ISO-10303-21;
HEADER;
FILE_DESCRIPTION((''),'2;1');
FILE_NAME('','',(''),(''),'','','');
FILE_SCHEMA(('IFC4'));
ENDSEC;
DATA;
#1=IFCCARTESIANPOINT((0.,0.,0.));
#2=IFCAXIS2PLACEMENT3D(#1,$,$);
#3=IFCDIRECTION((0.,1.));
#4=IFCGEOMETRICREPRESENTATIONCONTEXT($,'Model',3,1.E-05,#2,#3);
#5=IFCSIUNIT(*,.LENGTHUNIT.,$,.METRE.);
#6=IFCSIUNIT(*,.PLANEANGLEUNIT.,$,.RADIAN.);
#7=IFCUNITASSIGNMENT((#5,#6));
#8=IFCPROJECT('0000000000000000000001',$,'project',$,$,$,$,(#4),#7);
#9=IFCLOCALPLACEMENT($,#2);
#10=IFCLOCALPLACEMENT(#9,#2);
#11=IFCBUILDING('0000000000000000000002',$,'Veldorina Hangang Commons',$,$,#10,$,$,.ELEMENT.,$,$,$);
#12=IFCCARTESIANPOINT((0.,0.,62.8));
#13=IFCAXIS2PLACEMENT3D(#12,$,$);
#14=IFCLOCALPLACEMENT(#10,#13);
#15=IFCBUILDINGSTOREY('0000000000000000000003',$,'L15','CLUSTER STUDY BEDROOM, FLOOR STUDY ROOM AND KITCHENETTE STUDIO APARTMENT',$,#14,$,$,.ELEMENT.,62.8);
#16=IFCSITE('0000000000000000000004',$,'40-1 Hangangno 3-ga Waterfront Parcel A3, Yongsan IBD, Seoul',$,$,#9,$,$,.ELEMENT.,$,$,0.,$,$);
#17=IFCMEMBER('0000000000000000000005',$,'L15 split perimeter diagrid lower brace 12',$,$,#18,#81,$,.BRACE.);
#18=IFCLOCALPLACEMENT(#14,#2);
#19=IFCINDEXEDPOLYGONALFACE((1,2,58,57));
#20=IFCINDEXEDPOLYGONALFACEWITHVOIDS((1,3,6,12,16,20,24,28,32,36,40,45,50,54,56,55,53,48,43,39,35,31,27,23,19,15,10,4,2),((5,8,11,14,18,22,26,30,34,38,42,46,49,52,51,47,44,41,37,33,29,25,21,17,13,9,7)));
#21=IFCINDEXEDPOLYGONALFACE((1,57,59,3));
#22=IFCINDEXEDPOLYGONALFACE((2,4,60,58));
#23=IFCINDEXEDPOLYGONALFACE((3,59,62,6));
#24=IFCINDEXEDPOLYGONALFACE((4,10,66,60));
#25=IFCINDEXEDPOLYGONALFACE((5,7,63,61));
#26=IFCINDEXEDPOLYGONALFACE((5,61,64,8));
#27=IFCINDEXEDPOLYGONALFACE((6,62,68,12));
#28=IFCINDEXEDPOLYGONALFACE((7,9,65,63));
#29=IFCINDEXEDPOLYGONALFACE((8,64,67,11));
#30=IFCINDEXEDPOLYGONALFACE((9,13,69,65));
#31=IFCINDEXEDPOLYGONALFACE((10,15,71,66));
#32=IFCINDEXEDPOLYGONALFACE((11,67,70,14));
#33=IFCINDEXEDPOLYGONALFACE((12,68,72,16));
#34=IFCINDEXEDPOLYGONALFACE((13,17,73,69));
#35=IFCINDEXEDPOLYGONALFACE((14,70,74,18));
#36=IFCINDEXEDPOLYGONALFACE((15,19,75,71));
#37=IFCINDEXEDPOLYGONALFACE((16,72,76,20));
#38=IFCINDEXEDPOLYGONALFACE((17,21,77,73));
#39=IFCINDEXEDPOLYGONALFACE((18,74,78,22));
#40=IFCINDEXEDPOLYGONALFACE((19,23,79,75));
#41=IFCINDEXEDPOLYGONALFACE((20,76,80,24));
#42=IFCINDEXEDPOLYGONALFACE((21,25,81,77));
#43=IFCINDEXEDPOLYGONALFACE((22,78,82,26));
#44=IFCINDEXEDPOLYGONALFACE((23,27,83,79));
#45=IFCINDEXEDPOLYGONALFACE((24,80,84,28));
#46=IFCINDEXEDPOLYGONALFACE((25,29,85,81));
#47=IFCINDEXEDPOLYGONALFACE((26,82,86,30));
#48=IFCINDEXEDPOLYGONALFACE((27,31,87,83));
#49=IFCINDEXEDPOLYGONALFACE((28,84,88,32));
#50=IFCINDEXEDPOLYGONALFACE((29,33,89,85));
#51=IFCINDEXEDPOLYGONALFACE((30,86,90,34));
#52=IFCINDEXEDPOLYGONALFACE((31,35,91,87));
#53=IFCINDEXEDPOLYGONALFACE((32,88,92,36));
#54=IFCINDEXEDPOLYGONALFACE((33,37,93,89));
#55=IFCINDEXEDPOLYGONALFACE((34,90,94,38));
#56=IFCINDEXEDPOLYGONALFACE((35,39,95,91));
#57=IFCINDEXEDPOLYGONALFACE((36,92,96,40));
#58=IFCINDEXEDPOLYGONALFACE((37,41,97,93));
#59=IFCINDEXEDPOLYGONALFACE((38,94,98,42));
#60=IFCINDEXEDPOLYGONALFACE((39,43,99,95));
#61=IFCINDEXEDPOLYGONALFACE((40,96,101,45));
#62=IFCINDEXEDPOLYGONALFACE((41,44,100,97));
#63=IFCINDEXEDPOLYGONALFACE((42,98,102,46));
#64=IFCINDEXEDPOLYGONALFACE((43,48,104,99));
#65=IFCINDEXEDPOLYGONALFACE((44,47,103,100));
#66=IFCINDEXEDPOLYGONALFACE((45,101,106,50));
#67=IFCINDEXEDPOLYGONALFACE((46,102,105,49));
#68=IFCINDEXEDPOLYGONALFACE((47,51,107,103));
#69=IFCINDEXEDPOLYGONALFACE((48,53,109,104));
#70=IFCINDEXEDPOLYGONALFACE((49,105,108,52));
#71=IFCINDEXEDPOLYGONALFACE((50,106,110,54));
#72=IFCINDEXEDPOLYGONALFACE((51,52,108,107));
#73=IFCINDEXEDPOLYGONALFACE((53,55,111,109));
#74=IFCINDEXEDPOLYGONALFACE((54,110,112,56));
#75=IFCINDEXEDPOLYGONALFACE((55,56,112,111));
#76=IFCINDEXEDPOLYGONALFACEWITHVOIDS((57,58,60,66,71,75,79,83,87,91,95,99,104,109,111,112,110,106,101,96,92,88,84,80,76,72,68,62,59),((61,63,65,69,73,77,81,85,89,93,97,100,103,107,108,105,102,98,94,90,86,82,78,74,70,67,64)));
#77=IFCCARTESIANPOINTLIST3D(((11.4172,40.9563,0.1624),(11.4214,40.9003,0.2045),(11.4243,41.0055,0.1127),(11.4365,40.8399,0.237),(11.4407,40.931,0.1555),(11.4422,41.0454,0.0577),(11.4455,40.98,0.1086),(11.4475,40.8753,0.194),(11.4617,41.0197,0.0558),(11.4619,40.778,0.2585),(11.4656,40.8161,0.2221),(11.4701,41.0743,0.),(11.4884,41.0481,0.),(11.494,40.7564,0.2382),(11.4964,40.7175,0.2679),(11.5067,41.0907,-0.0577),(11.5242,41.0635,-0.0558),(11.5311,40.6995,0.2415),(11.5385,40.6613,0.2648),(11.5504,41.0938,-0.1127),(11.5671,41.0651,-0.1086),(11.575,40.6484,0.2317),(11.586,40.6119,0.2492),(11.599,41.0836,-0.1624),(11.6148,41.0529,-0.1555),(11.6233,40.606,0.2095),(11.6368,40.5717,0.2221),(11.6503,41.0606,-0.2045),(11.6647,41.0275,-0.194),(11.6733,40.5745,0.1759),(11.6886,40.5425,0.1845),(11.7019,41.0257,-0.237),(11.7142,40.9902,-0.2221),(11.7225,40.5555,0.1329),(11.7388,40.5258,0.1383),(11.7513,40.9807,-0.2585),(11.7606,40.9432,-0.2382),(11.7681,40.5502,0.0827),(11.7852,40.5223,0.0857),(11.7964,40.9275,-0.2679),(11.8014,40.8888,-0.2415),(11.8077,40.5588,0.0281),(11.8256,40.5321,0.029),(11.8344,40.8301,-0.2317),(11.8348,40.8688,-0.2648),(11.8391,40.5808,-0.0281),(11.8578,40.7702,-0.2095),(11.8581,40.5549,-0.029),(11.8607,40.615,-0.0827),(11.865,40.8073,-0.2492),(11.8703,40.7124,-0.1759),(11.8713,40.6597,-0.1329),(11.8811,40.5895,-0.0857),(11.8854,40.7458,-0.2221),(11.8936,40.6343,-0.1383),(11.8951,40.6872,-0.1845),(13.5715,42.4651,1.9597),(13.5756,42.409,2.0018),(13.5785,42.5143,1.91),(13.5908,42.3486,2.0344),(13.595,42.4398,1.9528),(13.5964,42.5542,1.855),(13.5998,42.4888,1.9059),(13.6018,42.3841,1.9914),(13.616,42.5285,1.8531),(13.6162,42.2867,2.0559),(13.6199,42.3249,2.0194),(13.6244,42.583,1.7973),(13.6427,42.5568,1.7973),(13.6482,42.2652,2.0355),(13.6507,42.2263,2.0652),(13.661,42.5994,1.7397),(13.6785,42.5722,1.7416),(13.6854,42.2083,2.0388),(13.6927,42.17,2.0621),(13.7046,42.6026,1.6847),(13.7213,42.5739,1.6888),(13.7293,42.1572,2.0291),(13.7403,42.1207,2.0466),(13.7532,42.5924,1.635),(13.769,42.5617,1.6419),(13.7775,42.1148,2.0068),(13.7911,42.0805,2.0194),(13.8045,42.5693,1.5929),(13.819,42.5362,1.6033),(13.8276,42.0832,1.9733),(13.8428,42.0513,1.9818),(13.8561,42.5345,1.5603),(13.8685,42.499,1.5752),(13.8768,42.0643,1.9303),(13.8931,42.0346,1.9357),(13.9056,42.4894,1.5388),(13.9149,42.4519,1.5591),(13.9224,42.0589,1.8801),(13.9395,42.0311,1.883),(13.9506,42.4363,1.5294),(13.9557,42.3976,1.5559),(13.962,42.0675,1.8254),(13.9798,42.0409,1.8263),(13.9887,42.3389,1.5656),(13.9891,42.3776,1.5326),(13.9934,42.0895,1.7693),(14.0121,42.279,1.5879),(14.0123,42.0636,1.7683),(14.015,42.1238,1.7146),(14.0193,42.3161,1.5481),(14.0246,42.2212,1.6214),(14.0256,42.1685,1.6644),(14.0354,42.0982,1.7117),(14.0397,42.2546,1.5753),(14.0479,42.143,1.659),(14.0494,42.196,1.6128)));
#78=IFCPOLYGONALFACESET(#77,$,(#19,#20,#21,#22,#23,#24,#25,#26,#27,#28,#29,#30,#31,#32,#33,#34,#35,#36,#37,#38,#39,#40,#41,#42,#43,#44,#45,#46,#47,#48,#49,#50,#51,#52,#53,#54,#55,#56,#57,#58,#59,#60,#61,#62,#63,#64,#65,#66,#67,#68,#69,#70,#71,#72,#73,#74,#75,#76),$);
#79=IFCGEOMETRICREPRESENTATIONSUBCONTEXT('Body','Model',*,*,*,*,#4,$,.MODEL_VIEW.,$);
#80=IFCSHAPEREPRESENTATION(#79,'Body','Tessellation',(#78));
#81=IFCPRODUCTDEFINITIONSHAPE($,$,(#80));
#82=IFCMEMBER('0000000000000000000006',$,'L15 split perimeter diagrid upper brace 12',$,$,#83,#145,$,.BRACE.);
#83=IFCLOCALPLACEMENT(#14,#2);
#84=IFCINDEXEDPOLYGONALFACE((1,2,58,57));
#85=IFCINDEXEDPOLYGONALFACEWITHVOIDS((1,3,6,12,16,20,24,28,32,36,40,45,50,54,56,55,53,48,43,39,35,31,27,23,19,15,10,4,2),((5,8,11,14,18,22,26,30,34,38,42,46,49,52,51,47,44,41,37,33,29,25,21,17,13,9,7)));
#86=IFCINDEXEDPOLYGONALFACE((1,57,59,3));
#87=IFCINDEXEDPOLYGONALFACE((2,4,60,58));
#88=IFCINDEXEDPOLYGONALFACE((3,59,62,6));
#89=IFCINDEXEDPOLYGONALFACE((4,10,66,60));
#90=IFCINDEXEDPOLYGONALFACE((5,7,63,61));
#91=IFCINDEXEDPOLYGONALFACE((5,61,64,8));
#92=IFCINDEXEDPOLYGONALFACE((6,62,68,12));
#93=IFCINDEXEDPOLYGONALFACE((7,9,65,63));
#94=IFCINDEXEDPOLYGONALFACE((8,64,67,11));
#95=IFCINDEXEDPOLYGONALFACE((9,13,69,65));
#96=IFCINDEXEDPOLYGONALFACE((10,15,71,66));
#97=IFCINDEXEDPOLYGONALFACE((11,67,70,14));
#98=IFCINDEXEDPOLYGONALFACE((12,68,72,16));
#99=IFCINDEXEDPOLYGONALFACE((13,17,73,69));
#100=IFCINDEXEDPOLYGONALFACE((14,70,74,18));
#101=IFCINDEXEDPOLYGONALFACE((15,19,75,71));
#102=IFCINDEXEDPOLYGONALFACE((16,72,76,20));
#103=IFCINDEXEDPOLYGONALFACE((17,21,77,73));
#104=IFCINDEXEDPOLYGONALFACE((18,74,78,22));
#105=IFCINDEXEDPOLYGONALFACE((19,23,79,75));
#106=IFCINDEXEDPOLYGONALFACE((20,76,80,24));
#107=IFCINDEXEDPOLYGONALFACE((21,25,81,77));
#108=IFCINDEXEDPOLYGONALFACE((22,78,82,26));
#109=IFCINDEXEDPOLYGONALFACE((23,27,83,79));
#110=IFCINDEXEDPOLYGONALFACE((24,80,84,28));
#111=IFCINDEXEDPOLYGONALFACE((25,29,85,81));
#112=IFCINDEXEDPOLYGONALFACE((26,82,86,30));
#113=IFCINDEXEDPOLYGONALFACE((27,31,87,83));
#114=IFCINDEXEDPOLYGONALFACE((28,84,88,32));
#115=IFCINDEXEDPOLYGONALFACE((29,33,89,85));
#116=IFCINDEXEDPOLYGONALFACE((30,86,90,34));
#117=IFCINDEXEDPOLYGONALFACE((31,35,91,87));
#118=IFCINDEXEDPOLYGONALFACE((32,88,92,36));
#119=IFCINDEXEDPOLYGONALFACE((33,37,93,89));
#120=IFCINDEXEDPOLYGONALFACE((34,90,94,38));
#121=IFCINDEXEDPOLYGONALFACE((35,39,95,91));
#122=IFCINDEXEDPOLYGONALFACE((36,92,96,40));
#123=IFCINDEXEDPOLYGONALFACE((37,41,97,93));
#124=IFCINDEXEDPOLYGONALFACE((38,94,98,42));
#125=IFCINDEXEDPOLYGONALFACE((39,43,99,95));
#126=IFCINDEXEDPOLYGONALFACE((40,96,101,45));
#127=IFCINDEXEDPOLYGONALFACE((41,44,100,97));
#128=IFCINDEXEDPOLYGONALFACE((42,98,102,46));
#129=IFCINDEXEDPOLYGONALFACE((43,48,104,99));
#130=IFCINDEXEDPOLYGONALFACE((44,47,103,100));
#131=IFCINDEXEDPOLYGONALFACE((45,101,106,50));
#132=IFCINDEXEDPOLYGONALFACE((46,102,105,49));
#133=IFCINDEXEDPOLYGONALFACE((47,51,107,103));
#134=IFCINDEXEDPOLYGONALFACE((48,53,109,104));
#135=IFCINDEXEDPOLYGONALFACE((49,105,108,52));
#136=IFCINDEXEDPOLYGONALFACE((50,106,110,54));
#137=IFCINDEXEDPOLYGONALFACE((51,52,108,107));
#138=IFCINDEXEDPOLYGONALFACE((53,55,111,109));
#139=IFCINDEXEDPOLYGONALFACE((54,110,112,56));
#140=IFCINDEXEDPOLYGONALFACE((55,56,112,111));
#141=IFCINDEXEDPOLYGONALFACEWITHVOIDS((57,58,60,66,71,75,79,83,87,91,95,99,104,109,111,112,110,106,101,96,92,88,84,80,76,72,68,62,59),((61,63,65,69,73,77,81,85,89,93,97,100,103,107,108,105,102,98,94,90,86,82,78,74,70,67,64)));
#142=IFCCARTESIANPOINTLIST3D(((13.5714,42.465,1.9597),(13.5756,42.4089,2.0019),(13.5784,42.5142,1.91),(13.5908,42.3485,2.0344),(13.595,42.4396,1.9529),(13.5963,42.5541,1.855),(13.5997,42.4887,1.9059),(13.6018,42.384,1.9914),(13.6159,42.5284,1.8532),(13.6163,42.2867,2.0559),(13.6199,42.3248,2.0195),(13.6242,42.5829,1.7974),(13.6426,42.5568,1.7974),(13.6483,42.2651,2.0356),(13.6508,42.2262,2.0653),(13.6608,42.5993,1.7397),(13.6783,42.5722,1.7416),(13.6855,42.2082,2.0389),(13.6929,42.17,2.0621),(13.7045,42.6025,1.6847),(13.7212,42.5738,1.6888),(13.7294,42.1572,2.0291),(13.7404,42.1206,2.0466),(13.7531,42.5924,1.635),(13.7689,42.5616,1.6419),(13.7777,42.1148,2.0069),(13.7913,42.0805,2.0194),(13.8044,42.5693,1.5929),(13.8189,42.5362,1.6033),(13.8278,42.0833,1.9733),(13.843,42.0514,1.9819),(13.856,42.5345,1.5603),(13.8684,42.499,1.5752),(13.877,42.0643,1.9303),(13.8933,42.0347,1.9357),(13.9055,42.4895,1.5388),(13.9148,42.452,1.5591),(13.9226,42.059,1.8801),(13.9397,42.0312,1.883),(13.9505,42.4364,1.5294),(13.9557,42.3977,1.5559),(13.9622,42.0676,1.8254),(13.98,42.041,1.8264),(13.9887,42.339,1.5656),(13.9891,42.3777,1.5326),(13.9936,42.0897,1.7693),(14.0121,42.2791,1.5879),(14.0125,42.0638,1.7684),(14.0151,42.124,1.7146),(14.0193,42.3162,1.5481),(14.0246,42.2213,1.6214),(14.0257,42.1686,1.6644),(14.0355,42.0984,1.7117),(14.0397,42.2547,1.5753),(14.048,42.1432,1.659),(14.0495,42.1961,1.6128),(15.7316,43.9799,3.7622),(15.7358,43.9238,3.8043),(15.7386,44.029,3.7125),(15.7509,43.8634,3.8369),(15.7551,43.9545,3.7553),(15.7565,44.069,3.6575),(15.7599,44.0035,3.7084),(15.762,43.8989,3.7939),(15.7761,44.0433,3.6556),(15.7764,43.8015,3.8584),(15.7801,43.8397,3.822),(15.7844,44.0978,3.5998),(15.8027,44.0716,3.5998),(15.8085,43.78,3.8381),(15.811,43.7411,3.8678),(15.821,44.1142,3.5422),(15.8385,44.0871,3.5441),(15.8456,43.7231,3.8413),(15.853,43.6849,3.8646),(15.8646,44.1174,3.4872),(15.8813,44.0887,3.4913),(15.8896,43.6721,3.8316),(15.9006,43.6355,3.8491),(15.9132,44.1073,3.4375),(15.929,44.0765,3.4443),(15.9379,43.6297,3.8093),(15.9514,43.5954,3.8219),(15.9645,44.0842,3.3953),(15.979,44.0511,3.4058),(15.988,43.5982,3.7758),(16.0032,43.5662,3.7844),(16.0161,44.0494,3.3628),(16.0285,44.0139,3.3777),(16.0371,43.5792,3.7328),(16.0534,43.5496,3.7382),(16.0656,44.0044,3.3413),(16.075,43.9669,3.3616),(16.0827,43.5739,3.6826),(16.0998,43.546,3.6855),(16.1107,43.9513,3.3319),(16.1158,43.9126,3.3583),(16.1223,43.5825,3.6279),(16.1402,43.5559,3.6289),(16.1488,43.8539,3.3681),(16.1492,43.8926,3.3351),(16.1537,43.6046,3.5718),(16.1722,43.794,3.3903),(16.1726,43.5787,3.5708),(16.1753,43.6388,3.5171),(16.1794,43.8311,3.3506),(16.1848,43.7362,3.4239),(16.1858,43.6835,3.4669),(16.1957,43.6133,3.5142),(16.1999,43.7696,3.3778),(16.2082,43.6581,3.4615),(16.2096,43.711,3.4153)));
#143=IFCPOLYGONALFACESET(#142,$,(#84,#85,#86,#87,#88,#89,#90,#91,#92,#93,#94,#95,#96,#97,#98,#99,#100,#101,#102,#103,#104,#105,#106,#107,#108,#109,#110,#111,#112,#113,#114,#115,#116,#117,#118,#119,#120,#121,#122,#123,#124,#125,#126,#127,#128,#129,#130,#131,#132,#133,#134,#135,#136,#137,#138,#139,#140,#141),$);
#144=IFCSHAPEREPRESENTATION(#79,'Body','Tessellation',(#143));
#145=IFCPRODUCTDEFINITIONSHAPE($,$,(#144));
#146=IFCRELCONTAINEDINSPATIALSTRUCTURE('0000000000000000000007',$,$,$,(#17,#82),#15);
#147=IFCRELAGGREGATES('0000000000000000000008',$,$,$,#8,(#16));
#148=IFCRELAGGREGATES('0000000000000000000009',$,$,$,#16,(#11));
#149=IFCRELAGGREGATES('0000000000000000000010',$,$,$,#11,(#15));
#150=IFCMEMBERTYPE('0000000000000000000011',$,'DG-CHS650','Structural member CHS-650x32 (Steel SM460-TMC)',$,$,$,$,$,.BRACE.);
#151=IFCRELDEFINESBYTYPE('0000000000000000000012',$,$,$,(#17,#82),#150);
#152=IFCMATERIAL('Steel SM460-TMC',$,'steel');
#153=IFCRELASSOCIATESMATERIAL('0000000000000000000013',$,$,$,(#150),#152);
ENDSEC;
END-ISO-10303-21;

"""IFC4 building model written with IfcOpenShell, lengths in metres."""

from ifc_helpers import new_model, si_unit, direction, frame, origin, origin_2d, place, context, subcontext, project, spatial, hollow_circle, extrude, material, material_profile, profile_set, type_object, element, save


model = new_model("IFC4")

# Units and contexts
model_context = context("Model", 3, precision=1e-05, world=origin(), true_north=direction((0.0, 1.0)))
body_context = subcontext(model_context, "Body", "Model", "MODEL_VIEW")
ifc_project = project(units=[si_unit("LENGTHUNIT", "METRE"), si_unit("PLANEANGLEUNIT", "RADIAN")], contexts=[model_context])

# Site, building, storey
site_placement = place(None, origin())
site = spatial("IfcSite", under=ifc_project, at=site_placement, Name="40-1 Hangangno 3-ga Waterfront Parcel A3, Yongsan IBD, Seoul", CompositionType="ELEMENT", RefElevation=0.0)
building_placement = place(site_placement, origin())
building = spatial("IfcBuilding", under=site, at=building_placement, Name="Veldorina Hangang Commons", CompositionType="ELEMENT")
storey_placement = place(building_placement, frame((0.0, 0.0, 62.8)))
storey = spatial("IfcBuildingStorey", under=building, at=storey_placement, Name="L15", Description="CLUSTER STUDY BEDROOM, FLOOR STUDY ROOM AND KITCHENETTE STUDIO APARTMENT", CompositionType="ELEMENT", Elevation=62.8)

# Members
ifc_material_1 = material(Name="Steel SM460-TMC", Category="steel")
ifc_material_profile_1 = material_profile(ifc_material_1, hollow_circle(Radius=0.325, WallThickness=0.032, at=origin_2d()), Name="CHS-650x32")
ifc_profile_set_1 = profile_set([ifc_material_profile_1], Name="Steel SM460-TMC")
member_type = type_object("IfcMemberType", Name="DG-CHS650", Description="Structural member CHS-650x32 (Steel SM460-TMC)", PredefinedType="BRACE", material=ifc_profile_set_1)
member_1_placement = place(storey_placement, frame((11.6565, 40.8081, 0.0), z_axis=(0.676264, 0.47363, 0.564218), x_axis=(-0.573662, 0.819092, 0.0)))
element("IfcMember", 1, at=member_1_placement, inside=storey, type_object=member_type, Name="L15 split perimeter diagrid lower brace 12", PredefinedType="BRACE", context=body_context, shape_type="SweptSolid", body=[
    extrude(hollow_circle(Radius=0.325, WallThickness=0.032, at=origin_2d()), origin(), (0.0, 0.0, 1.0), 3.1855),
])
member_2_placement = place(storey_placement, frame((13.8108, 42.3169, 1.7974), z_axis=(0.676035, 0.474096, 0.564101), x_axis=(-0.57417, 0.818736, 0.0)))
element("IfcMember", 2, at=member_2_placement, inside=storey, type_object=member_type, Name="L15 split perimeter diagrid upper brace 12", PredefinedType="BRACE", context=body_context, shape_type="SweptSolid", body=[
    extrude(hollow_circle(Radius=0.325, WallThickness=0.032, at=origin_2d()), origin(), (0.0, 0.0, 1.0), 3.1953),
])

save(model, "model.ifc")
